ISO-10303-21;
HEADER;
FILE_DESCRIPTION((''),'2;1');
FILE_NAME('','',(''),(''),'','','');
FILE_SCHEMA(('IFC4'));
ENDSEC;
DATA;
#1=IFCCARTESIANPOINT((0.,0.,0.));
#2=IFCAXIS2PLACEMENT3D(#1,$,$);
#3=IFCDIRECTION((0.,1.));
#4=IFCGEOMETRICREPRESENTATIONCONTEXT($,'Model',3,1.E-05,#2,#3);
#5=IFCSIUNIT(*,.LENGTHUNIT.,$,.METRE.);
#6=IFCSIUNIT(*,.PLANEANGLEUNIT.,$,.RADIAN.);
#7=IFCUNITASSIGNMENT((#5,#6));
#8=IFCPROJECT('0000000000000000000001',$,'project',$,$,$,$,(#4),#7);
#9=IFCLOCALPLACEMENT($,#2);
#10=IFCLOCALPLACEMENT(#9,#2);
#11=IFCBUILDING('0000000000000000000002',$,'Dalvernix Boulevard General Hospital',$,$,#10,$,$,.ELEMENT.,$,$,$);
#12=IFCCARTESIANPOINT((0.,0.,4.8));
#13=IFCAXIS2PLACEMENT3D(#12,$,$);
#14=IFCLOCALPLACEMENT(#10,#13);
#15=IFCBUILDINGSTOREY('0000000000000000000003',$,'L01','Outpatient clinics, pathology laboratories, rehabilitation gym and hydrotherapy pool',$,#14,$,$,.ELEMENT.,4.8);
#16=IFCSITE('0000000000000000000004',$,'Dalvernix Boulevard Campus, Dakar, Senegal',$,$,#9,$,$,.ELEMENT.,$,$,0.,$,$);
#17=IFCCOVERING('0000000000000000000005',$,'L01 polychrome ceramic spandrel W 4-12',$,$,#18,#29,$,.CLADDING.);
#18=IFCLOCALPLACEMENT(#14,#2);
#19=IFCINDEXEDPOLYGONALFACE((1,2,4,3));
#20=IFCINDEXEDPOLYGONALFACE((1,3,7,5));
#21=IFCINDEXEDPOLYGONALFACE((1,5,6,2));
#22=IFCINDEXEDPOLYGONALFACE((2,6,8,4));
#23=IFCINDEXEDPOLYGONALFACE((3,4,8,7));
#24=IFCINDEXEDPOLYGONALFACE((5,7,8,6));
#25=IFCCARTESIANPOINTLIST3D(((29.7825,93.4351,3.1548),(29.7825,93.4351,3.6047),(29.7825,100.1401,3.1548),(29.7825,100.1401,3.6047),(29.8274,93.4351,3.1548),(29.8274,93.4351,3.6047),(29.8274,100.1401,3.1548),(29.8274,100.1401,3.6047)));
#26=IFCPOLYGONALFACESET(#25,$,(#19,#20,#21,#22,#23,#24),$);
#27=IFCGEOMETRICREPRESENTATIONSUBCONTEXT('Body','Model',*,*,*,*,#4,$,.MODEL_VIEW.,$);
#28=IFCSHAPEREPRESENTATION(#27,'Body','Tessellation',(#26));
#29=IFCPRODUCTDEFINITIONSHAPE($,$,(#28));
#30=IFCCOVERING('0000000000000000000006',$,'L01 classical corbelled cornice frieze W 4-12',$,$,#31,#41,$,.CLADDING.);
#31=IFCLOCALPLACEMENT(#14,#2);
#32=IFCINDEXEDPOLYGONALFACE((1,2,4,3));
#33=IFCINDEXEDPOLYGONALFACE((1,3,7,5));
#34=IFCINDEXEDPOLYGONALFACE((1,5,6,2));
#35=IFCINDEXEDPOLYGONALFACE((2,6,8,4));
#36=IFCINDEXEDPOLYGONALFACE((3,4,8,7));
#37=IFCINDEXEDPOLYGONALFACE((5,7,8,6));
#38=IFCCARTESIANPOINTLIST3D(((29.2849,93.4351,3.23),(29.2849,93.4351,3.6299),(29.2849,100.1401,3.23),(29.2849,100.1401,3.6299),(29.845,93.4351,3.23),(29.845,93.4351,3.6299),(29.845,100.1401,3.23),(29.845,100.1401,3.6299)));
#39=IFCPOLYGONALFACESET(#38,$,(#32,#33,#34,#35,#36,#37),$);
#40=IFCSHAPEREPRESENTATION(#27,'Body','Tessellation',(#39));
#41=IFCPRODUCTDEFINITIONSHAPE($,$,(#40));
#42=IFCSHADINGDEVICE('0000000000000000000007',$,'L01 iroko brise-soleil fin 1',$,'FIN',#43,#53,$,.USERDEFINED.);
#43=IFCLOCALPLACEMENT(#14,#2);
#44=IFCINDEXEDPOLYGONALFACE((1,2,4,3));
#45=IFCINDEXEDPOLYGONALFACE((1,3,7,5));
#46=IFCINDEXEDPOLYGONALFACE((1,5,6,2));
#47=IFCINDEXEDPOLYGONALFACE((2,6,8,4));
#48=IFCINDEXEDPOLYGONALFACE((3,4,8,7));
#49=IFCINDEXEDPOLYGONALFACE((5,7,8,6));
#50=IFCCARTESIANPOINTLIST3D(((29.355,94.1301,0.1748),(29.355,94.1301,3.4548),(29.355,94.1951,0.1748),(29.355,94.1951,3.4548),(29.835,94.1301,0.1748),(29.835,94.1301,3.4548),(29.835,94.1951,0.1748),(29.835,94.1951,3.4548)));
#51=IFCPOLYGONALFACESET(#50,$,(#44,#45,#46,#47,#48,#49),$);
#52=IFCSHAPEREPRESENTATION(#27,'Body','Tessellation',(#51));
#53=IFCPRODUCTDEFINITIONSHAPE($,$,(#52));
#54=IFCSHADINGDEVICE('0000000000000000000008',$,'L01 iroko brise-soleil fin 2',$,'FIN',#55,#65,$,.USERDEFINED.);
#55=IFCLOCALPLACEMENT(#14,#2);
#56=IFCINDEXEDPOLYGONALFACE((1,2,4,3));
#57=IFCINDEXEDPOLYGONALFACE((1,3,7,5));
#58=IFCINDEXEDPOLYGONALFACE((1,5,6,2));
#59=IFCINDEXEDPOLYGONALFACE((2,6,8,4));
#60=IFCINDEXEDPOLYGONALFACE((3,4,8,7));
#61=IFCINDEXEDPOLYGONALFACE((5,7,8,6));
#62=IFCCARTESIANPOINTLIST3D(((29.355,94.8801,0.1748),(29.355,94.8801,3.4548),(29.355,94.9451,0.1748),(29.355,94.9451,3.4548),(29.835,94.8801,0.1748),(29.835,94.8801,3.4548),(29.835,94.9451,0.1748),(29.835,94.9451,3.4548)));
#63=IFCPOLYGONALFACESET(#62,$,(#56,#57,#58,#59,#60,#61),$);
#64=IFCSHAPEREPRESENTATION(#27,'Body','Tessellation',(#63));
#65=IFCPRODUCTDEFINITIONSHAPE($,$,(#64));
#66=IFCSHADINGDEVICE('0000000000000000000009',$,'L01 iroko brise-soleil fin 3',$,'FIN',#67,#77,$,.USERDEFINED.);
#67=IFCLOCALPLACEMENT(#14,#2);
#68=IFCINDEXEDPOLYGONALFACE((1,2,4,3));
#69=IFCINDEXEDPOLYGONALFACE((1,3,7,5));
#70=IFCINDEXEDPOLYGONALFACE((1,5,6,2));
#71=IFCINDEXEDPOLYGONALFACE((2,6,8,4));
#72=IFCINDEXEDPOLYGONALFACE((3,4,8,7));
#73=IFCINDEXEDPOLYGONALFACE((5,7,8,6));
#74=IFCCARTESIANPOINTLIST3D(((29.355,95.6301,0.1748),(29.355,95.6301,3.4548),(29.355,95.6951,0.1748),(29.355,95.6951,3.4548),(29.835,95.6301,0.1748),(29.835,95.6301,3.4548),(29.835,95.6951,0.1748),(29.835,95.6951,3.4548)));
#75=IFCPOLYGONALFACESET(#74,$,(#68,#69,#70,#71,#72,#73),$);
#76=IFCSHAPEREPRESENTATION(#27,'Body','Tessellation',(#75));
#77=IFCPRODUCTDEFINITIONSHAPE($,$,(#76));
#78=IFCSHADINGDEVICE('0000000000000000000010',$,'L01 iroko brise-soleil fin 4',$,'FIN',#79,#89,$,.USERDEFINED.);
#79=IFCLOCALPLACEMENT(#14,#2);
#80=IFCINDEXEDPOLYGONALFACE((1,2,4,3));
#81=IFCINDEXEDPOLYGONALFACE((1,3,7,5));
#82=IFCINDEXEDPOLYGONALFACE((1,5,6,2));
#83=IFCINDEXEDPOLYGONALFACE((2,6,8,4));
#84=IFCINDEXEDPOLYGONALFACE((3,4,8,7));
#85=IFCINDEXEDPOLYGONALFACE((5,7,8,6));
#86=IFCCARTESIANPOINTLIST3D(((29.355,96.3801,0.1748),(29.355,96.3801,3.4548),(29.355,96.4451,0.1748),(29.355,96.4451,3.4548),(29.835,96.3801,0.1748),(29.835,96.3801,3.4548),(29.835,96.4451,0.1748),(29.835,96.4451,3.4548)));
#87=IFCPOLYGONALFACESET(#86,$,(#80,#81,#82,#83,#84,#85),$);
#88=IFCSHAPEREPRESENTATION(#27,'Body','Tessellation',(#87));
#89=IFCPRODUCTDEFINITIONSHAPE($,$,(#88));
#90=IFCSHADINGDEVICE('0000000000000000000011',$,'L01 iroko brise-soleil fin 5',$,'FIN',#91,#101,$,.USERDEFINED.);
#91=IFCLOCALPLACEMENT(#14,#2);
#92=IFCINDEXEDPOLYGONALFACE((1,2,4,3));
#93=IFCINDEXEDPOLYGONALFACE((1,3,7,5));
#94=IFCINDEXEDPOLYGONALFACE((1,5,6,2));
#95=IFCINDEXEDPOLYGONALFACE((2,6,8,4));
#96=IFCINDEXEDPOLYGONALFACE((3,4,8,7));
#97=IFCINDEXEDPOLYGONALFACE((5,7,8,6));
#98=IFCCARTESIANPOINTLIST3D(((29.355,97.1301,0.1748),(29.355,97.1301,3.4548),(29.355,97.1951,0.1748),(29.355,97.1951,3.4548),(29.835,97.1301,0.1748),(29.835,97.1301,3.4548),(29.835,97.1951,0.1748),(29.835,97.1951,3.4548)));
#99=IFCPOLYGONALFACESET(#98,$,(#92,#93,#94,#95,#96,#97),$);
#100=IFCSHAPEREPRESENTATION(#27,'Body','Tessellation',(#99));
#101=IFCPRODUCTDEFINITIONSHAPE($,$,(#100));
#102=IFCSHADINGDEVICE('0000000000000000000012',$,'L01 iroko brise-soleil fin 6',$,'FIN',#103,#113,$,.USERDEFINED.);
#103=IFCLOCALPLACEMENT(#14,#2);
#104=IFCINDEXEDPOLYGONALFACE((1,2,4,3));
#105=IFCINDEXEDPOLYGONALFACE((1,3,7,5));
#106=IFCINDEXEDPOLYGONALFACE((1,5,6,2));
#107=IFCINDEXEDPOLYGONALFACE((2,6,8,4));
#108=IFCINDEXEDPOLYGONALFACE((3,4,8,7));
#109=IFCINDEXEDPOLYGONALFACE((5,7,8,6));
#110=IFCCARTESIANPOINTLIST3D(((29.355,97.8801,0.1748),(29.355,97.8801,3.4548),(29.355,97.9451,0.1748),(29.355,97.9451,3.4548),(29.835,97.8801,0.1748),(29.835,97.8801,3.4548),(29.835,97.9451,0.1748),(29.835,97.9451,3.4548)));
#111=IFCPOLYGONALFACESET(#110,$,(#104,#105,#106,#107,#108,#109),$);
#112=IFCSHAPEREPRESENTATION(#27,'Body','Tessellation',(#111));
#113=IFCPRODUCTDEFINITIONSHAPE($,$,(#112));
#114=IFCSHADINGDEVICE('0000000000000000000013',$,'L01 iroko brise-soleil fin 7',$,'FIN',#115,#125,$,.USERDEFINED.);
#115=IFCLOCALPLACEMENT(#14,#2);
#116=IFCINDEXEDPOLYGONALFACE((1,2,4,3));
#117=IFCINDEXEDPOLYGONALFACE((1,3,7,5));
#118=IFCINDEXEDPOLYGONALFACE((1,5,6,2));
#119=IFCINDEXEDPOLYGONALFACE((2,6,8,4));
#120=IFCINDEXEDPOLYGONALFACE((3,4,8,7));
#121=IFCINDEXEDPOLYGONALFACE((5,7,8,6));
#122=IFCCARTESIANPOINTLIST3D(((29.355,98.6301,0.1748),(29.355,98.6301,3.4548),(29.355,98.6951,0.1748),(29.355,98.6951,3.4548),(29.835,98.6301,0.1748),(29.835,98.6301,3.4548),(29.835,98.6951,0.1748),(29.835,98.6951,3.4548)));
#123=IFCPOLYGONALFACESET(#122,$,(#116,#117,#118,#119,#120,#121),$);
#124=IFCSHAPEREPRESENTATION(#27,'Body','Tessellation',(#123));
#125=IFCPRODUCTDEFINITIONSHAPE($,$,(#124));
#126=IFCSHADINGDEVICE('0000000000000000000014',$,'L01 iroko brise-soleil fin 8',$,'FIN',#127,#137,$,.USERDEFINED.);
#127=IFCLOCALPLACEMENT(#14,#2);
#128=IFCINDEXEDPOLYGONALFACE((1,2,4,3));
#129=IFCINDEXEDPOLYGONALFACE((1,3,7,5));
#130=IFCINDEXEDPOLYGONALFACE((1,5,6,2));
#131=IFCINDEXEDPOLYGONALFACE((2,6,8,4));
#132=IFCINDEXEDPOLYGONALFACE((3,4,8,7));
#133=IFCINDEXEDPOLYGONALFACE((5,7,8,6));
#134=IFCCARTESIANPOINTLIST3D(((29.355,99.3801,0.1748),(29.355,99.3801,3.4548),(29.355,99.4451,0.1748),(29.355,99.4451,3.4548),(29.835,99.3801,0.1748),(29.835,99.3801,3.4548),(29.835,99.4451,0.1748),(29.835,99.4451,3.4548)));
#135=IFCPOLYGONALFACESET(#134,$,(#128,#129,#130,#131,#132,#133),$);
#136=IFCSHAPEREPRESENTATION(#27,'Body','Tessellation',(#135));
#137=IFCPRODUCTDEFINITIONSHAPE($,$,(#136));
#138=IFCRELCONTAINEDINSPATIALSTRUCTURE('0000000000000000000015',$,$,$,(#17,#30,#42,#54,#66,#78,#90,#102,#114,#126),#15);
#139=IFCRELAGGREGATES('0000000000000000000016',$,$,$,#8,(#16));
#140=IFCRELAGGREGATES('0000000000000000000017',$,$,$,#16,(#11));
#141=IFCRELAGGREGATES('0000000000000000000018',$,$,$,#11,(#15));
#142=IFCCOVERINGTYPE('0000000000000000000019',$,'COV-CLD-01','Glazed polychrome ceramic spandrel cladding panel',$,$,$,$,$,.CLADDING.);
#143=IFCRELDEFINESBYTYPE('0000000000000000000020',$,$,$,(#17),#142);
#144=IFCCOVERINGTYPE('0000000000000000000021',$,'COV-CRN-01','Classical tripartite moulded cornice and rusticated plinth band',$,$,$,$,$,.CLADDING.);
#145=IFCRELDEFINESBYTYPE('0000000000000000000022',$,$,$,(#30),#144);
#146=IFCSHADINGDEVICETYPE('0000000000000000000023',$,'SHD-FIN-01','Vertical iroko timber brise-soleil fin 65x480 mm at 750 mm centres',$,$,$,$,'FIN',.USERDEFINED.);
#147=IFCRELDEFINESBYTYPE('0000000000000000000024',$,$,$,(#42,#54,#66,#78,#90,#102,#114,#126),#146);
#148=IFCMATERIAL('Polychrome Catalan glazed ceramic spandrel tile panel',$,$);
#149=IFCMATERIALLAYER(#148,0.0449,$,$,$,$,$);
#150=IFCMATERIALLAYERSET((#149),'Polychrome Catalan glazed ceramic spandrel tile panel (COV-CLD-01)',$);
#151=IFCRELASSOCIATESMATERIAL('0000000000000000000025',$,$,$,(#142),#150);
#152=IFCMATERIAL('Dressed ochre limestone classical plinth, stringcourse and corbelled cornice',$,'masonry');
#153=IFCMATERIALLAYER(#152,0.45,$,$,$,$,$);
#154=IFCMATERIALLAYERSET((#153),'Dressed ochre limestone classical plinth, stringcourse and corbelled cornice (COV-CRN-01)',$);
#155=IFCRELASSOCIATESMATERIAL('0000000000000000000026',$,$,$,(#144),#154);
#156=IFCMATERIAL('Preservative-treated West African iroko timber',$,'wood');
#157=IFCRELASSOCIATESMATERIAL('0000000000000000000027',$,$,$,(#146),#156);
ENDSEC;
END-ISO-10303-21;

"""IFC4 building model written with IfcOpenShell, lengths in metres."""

from ifc_helpers import new_model, si_unit, direction, frame, origin, origin_2d, place, context, subcontext, project, spatial, rectangle, extrude, material, layer, layer_set, type_object, element, save


model = new_model("IFC4")

# Units and contexts
model_context = context("Model", 3, precision=1e-05, world=origin(), true_north=direction((0.0, 1.0)))
body_context = subcontext(model_context, "Body", "Model", "MODEL_VIEW")
ifc_project = project(units=[si_unit("LENGTHUNIT", "METRE"), si_unit("PLANEANGLEUNIT", "RADIAN")], contexts=[model_context])

# Site, building, storey
site_placement = place(None, origin())
site = spatial("IfcSite", under=ifc_project, at=site_placement, Name="Dalvernix Boulevard Campus, Dakar, Senegal", CompositionType="ELEMENT", RefElevation=0.0)
building_placement = place(site_placement, origin())
building = spatial("IfcBuilding", under=site, at=building_placement, Name="Dalvernix Boulevard General Hospital", CompositionType="ELEMENT")
storey_placement = place(building_placement, frame((0.0, 0.0, 4.8)))
storey = spatial("IfcBuildingStorey", under=building, at=storey_placement, Name="L01", Description="Outpatient clinics, pathology laboratories, rehabilitation gym and hydrotherapy pool", CompositionType="ELEMENT", Elevation=4.8)

# Coverings
ifc_material_1 = material(Name="Polychrome Catalan glazed ceramic spandrel tile panel")
ifc_layer_1 = layer(ifc_material_1, 0.0449)
ifc_layer_set_1 = layer_set([ifc_layer_1], Name="Polychrome Catalan glazed ceramic spandrel tile panel (COV-CLD-01)")
covering_type_1 = type_object("IfcCoveringType", Name="COV-CLD-01", Description="Glazed polychrome ceramic spandrel cladding panel", PredefinedType="CLADDING", material=ifc_layer_set_1)
covering_1_placement = place(storey_placement, frame((29.8049, 96.7876, 3.1548), z_axis=(0.0, 0.0, 1.0), x_axis=(0.0, 1.0, 0.0)))
element("IfcCovering", 1, at=covering_1_placement, inside=storey, type_object=covering_type_1, Name="L01 polychrome ceramic spandrel W 4-12", PredefinedType="CLADDING", context=body_context, shape_type="SweptSolid", body=[
    extrude(rectangle(XDim=6.7051, YDim=0.0449, at=origin_2d()), origin(), (0.0, 0.0, 1.0), 0.45),
])
ifc_material_2 = material(Name="Dressed ochre limestone classical plinth, stringcourse and corbelled cornice", Category="masonry")
ifc_layer_2 = layer(ifc_material_2, 0.45)
ifc_layer_set_2 = layer_set([ifc_layer_2], Name="Dressed ochre limestone classical plinth, stringcourse and corbelled cornice (COV-CRN-01)")
covering_type_2 = type_object("IfcCoveringType", Name="COV-CRN-01", Description="Classical tripartite moulded cornice and rusticated plinth band", PredefinedType="CLADDING", material=ifc_layer_set_2)
covering_2_placement = place(storey_placement, frame((29.5649, 96.7876, 3.23), z_axis=(0.0, 0.0, 1.0), x_axis=(0.0, 1.0, 0.0)))
element("IfcCovering", 2, at=covering_2_placement, inside=storey, type_object=covering_type_2, Name="L01 classical corbelled cornice frieze W 4-12", PredefinedType="CLADDING", context=body_context, shape_type="SweptSolid", body=[
    extrude(rectangle(XDim=6.7051, YDim=0.5601, at=origin_2d()), origin(), (0.0, 0.0, 1.0), 0.3999),
])

# Shading devices
ifc_material_3 = material(Name="Preservative-treated West African iroko timber", Category="wood")
shading_device_type = type_object("IfcShadingDeviceType", Name="SHD-FIN-01", Description="Vertical iroko timber brise-soleil fin 65x480 mm at 750 mm centres", ElementType="FIN", PredefinedType="USERDEFINED", material=ifc_material_3)
for number, where, z_axis, x_axis, name in (
    (3, (29.595, 94.1626, 0.1748), (0.0, 0.0, 1.0), (0.0, 1.0, 0.0), "L01 iroko brise-soleil fin 1"),
    (4, (29.595, 94.9126, 0.1748), (0.0, 0.0, 1.0), (0.0, 1.0, 0.0), "L01 iroko brise-soleil fin 2"),
    (5, (29.595, 95.6626, 0.1748), (0.0, 0.0, 1.0), (0.0, 1.0, 0.0), "L01 iroko brise-soleil fin 3"),
    (6, (29.595, 96.4126, 0.1748), (0.0, 0.0, 1.0), (0.0, 1.0, 0.0), "L01 iroko brise-soleil fin 4"),
    (7, (29.595, 97.1626, 0.1748), (0.0, 0.0, 1.0), (0.0, 1.0, 0.0), "L01 iroko brise-soleil fin 5"),
    (8, (29.595, 97.9126, 0.1748), (0.0, 0.0, 1.0), (0.0, 1.0, 0.0), "L01 iroko brise-soleil fin 6"),
    (9, (29.595, 98.6626, 0.1748), (0.0, 0.0, 1.0), (0.0, 1.0, 0.0), "L01 iroko brise-soleil fin 7"),
    (10, (29.595, 99.4126, 0.1748), (0.0, 0.0, 1.0), (0.0, 1.0, 0.0), "L01 iroko brise-soleil fin 8"),
):
    element("IfcShadingDevice", number, at=place(storey_placement, frame(where, z_axis=z_axis, x_axis=x_axis)), inside=storey, type_object=shading_device_type, Name=name, ObjectType="FIN", PredefinedType="USERDEFINED", context=body_context, shape_type="SweptSolid", body=[
        extrude(rectangle(XDim=0.0649, YDim=0.48, at=origin_2d()), origin(), (0.0, 0.0, 1.0), 3.28),
    ])

save(model, "model.ifc")
